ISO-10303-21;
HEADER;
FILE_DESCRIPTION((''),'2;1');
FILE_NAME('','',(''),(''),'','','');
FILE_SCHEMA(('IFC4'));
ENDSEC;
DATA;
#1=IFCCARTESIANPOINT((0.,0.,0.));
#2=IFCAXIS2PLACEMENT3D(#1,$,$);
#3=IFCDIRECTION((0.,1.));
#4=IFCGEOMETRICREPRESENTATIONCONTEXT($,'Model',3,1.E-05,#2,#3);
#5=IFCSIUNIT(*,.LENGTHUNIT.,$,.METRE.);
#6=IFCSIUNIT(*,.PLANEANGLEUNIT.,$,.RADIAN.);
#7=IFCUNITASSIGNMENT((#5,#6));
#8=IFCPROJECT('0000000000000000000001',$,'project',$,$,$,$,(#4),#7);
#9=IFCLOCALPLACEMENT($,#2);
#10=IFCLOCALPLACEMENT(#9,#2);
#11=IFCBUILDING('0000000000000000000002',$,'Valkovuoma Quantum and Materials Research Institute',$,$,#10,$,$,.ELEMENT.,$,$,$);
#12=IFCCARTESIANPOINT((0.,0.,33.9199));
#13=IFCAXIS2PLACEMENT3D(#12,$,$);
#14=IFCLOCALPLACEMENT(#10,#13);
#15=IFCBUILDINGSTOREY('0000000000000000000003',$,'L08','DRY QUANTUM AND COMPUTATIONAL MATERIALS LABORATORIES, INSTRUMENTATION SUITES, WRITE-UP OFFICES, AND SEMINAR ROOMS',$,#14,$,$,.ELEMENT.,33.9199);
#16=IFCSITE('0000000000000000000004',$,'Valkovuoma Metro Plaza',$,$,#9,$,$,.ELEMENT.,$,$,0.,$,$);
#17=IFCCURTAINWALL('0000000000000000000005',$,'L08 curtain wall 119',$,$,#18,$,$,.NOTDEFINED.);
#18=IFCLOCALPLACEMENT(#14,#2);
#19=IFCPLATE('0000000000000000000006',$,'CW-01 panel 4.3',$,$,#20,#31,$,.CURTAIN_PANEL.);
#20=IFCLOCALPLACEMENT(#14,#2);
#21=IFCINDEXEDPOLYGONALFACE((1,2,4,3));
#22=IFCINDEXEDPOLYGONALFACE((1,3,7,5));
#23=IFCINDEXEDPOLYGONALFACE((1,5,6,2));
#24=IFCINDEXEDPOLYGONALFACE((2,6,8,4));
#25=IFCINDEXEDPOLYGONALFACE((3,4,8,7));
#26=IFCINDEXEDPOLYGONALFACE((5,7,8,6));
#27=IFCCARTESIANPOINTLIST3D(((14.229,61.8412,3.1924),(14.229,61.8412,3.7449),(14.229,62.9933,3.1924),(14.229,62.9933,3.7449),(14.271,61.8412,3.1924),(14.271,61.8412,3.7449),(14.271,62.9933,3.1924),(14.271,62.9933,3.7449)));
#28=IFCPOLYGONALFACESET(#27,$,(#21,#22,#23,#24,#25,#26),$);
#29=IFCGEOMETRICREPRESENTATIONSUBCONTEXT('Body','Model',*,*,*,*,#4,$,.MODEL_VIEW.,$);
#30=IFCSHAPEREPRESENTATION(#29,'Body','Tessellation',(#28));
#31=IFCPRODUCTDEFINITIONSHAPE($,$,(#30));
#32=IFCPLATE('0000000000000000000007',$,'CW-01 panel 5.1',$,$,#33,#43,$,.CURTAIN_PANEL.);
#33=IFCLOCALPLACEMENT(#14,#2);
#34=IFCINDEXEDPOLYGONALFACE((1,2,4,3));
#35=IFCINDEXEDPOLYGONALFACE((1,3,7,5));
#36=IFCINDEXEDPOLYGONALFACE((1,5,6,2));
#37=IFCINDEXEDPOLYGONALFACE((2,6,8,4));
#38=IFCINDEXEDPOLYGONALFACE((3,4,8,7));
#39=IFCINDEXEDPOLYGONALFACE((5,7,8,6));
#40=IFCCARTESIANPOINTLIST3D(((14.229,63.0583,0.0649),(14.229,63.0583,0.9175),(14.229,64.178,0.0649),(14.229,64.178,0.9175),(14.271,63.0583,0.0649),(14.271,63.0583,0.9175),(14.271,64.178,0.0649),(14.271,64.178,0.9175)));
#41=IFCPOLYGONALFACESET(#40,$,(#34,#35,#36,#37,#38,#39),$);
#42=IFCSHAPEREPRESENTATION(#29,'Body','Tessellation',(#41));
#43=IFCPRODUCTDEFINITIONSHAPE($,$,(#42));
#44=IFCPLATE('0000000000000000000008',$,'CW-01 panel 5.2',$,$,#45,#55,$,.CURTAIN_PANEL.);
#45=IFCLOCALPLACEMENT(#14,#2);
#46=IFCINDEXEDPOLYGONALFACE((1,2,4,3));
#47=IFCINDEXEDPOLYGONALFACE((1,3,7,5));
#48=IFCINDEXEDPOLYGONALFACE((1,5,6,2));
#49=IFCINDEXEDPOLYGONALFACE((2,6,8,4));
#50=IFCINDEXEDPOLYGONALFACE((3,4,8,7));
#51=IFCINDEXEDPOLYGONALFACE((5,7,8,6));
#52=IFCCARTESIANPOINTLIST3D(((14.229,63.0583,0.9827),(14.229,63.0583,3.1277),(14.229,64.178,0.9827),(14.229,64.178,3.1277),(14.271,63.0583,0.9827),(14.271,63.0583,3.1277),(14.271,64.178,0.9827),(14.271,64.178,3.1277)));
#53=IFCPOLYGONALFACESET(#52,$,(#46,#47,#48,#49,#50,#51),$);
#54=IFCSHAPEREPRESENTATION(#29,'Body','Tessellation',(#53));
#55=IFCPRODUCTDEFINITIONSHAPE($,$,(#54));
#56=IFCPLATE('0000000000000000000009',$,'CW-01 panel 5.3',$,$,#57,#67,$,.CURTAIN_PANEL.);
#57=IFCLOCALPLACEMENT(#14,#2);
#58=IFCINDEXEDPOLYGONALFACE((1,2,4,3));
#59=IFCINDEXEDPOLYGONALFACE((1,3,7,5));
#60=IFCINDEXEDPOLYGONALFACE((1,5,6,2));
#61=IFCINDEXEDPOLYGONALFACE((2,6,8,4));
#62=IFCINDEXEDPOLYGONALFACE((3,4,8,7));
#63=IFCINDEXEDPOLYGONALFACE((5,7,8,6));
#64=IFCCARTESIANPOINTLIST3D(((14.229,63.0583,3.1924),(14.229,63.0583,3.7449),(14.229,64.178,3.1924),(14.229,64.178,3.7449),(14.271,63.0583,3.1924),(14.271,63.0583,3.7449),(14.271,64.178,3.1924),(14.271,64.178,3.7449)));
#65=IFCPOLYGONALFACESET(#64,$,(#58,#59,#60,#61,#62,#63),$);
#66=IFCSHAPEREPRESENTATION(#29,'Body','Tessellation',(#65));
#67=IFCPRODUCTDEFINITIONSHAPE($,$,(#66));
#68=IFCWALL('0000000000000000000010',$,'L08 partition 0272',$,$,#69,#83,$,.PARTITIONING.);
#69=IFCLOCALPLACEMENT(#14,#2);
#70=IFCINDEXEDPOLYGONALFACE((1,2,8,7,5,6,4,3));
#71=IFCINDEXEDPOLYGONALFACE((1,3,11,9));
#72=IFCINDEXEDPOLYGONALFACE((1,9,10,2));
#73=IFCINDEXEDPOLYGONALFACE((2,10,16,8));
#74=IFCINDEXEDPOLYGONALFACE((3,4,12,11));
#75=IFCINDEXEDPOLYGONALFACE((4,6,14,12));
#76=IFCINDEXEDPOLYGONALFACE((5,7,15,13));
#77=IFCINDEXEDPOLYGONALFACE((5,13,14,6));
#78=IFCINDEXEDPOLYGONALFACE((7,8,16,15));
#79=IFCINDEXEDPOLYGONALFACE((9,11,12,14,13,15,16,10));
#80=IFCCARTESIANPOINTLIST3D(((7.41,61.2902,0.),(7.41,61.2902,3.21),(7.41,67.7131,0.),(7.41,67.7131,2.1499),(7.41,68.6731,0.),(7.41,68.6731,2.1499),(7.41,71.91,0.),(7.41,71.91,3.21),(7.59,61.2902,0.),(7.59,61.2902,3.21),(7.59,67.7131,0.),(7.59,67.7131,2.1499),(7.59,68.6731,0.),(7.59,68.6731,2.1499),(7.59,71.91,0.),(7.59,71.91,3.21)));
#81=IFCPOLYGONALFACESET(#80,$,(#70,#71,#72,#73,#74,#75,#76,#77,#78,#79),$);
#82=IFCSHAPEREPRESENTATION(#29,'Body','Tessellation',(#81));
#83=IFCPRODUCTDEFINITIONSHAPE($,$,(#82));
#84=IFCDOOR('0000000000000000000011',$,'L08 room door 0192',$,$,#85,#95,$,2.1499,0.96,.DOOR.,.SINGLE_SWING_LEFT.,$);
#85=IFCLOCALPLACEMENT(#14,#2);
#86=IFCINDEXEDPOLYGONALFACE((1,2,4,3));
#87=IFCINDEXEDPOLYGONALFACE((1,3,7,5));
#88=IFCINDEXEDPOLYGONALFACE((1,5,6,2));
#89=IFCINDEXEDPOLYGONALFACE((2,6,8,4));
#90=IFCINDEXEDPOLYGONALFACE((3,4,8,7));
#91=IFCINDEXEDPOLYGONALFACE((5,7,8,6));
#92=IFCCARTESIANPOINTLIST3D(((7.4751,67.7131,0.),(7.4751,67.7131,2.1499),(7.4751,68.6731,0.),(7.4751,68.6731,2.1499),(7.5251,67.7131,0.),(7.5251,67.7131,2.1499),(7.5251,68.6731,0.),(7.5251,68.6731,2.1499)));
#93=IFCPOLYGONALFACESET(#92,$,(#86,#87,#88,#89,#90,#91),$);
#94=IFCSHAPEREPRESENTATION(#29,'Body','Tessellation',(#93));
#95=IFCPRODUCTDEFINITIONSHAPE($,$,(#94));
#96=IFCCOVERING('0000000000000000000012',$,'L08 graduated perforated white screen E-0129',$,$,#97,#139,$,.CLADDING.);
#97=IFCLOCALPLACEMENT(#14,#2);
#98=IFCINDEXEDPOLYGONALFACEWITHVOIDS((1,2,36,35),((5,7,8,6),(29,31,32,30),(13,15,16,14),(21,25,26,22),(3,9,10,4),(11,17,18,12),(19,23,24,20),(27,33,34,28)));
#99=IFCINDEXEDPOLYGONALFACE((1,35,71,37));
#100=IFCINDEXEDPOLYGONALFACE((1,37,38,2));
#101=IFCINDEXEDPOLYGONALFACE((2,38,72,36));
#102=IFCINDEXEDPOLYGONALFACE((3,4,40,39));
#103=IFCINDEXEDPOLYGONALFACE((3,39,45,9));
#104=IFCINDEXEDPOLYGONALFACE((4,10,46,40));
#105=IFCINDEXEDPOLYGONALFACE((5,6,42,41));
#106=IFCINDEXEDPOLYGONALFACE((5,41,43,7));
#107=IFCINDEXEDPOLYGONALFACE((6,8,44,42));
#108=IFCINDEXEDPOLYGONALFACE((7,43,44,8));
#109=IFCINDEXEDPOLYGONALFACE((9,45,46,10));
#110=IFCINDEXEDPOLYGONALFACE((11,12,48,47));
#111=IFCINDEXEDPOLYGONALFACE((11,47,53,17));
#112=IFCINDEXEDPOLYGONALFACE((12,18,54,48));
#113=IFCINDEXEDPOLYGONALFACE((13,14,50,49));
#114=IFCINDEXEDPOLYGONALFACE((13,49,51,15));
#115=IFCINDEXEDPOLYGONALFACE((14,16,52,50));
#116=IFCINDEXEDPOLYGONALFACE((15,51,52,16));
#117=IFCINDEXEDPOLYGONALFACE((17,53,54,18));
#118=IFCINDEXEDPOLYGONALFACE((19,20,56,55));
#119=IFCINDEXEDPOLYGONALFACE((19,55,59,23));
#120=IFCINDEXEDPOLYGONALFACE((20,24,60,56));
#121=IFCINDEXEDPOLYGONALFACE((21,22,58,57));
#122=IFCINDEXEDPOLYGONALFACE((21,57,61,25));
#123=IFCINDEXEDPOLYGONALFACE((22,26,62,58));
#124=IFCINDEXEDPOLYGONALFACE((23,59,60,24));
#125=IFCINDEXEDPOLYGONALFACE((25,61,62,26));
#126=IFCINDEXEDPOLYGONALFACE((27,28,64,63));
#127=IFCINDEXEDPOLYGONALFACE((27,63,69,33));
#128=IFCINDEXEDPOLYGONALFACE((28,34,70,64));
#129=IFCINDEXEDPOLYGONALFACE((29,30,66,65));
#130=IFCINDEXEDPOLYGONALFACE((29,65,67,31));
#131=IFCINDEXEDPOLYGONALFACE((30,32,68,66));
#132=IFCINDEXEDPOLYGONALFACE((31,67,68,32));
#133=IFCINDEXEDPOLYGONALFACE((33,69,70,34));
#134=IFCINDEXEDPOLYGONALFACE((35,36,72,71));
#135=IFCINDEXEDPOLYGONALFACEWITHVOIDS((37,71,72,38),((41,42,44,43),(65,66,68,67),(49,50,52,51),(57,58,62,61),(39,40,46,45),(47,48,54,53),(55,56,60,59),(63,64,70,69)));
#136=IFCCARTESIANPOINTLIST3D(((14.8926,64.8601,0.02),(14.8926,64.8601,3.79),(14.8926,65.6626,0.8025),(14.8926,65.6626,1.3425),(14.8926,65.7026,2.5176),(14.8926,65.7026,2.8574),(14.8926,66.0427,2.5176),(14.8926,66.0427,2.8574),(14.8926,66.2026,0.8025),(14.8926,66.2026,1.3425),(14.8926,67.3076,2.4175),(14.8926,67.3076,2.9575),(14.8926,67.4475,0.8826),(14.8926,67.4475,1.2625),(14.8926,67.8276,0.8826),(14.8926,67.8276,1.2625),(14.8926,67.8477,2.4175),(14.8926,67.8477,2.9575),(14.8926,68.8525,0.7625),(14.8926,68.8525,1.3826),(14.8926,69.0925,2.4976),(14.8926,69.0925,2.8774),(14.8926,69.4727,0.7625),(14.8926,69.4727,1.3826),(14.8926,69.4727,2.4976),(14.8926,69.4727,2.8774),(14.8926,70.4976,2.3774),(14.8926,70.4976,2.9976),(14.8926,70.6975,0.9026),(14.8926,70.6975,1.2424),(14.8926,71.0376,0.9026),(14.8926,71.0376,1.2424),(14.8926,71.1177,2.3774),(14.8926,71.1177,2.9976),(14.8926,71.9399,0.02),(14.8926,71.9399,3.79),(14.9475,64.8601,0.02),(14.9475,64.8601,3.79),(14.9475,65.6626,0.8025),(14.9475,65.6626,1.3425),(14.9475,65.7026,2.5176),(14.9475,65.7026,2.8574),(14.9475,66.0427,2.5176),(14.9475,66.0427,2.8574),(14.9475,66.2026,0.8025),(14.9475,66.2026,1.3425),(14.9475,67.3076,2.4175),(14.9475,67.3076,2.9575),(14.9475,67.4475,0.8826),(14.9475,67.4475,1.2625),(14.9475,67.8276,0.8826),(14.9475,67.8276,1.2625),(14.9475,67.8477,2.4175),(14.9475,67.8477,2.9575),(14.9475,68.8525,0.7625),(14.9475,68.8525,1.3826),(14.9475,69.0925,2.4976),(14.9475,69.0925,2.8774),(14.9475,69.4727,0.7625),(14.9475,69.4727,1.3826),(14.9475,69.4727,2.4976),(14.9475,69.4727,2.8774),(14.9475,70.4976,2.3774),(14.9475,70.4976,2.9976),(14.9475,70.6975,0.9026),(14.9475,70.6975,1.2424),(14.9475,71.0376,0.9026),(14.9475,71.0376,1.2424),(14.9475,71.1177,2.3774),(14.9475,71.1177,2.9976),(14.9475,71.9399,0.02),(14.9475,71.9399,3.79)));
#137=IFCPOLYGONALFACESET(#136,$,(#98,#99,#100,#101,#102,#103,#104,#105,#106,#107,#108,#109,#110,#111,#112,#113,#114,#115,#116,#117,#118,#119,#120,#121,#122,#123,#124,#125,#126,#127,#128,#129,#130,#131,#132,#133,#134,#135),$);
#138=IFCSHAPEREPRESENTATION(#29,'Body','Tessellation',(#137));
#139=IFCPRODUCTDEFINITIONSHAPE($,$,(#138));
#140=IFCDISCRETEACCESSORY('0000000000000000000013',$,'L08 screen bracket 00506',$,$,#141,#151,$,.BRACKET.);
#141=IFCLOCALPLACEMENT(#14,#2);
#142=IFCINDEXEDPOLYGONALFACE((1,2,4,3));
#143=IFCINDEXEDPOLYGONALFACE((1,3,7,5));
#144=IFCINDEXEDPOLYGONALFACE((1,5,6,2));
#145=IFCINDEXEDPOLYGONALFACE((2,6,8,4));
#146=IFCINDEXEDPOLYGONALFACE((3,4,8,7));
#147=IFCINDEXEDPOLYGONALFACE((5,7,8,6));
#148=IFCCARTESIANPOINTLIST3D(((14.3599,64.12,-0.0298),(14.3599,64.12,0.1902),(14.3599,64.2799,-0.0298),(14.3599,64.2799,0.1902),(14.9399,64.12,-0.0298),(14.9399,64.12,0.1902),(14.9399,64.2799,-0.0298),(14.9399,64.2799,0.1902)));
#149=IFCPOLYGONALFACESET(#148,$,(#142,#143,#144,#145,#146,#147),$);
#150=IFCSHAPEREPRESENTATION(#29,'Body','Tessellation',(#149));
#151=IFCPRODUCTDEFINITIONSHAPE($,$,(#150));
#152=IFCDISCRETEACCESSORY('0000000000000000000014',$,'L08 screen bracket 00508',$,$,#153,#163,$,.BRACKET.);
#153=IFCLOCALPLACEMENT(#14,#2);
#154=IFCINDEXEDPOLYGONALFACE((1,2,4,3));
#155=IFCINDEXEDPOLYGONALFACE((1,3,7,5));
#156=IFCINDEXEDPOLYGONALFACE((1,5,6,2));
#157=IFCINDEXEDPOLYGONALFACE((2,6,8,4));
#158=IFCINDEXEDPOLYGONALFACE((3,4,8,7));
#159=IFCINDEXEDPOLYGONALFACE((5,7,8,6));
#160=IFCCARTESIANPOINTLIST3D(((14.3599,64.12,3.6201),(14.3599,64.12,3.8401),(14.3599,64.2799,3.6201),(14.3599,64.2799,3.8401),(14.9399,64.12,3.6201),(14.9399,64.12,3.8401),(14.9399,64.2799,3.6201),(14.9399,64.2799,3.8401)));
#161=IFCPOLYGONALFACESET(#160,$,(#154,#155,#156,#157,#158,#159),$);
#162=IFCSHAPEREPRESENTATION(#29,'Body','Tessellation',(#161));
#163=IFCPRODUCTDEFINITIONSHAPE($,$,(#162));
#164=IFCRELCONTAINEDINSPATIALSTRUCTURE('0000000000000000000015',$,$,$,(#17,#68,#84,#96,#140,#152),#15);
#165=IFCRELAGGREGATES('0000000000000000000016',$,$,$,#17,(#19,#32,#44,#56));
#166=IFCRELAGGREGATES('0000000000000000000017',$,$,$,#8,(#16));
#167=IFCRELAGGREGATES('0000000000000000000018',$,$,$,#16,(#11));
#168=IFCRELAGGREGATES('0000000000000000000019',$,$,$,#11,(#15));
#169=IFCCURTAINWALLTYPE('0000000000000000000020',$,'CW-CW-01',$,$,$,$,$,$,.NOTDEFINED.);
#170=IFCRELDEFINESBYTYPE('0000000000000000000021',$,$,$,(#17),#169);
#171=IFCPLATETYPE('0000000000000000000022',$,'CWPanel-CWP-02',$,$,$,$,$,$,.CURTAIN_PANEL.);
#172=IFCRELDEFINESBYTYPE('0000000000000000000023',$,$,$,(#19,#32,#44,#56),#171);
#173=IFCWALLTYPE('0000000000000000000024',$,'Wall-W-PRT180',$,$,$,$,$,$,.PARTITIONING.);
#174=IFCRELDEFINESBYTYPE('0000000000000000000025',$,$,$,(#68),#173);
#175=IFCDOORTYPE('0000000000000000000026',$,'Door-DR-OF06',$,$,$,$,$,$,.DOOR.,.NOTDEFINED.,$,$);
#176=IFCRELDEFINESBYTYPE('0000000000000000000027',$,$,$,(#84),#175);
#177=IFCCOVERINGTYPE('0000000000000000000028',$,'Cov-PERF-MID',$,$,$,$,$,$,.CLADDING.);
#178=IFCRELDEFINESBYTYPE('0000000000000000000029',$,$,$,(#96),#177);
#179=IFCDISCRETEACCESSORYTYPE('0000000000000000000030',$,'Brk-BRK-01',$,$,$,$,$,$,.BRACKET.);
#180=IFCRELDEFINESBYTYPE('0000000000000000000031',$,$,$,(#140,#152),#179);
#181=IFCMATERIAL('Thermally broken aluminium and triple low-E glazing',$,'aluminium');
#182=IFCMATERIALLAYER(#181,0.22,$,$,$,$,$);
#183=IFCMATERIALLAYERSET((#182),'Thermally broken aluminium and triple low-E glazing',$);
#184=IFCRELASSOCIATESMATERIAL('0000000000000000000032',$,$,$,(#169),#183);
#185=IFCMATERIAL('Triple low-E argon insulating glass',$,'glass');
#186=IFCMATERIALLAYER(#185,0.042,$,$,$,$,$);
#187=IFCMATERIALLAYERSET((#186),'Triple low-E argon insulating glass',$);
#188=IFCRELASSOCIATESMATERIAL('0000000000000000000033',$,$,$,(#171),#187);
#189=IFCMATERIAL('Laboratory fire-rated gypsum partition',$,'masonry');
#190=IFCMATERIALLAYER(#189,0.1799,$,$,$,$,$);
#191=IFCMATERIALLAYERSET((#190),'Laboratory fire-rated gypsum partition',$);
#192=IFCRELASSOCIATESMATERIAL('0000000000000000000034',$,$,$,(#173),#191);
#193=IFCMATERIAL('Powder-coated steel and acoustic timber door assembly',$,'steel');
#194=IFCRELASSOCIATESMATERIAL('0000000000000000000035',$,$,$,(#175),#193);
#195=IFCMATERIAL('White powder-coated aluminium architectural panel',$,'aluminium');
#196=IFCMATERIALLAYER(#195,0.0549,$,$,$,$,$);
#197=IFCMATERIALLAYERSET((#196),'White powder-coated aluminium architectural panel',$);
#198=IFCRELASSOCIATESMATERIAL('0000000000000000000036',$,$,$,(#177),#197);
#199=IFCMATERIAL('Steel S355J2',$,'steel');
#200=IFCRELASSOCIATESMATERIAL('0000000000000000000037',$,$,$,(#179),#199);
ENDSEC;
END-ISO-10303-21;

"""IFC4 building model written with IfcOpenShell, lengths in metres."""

from ifc_helpers import new_model, si_unit, direction, frame, frame_2d, origin, origin_2d, place, context, subcontext, project, spatial, polyline, rectangle, outline, extrude, material, layer, layer_set, type_object, element, fill, aggregate, save


model = new_model("IFC4")

# Units and contexts
model_context = context("Model", 3, precision=1e-05, world=origin(), true_north=direction((0.0, 1.0)))
body_context = subcontext(model_context, "Body", "Model", "MODEL_VIEW")
ifc_project = project(units=[si_unit("LENGTHUNIT", "METRE"), si_unit("PLANEANGLEUNIT", "RADIAN")], contexts=[model_context])

# Site, building, storey
site_placement = place(None, origin())
site = spatial("IfcSite", under=ifc_project, at=site_placement, Name="Valkovuoma Metro Plaza", CompositionType="ELEMENT", RefElevation=0.0)
building_placement = place(site_placement, origin())
building = spatial("IfcBuilding", under=site, at=building_placement, Name="Valkovuoma Quantum and Materials Research Institute", CompositionType="ELEMENT")
storey_placement = place(building_placement, frame((0.0, 0.0, 33.9199)))
storey = spatial("IfcBuildingStorey", under=building, at=storey_placement, Name="L08", Description="DRY QUANTUM AND COMPUTATIONAL MATERIALS LABORATORIES, INSTRUMENTATION SUITES, WRITE-UP OFFICES, AND SEMINAR ROOMS", CompositionType="ELEMENT", Elevation=33.9199)

# Curtain wall, plates
ifc_material_1 = material(Name="Thermally broken aluminium and triple low-E glazing", Category="aluminium")
ifc_layer_1 = layer(ifc_material_1, 0.22)
ifc_layer_set_1 = layer_set([ifc_layer_1], Name="Thermally broken aluminium and triple low-E glazing")
curtain_wall_type = type_object("IfcCurtainWallType", Name="CW-CW-01", PredefinedType="NOTDEFINED", material=ifc_layer_set_1)
curtain_wall_placement = place(storey_placement, origin())
curtain_wall = element("IfcCurtainWall", 1, at=curtain_wall_placement, inside=storey, type_object=curtain_wall_type, Name="L08 curtain wall 119", PredefinedType="NOTDEFINED")
ifc_material_2 = material(Name="Triple low-E argon insulating glass", Category="glass")
ifc_layer_2 = layer(ifc_material_2, 0.042)
ifc_layer_set_2 = layer_set([ifc_layer_2], Name="Triple low-E argon insulating glass")
plate_type = type_object("IfcPlateType", Name="CWPanel-CWP-02", PredefinedType="CURTAIN_PANEL", material=ifc_layer_set_2)
plate_1_placement = place(storey_placement, frame((14.25, 62.4172, 3.1924), z_axis=(0.0, 0.0, 1.0), x_axis=(0.0, 1.0, 0.0)))
plate_1 = element("IfcPlate", 2, at=plate_1_placement, type_object=plate_type, Name="CW-01 panel 4.3", PredefinedType="CURTAIN_PANEL", context=body_context, shape_type="SweptSolid", body=[
    extrude(rectangle(XDim=1.1521, YDim=0.042, at=origin_2d()), origin(), (0.0, 0.0, 1.0), 0.5525),
])
plate_2_placement = place(storey_placement, frame((14.25, 63.6182, 0.0649), z_axis=(0.0, 0.0, 1.0), x_axis=(0.0, 1.0, 0.0)))
plate_2 = element("IfcPlate", 3, at=plate_2_placement, type_object=plate_type, Name="CW-01 panel 5.1", PredefinedType="CURTAIN_PANEL", context=body_context, shape_type="SweptSolid", body=[
    extrude(rectangle(XDim=1.1196, YDim=0.042, at=origin_2d()), origin(), (0.0, 0.0, 1.0), 0.8525),
])
plate_3_placement = place(storey_placement, frame((14.25, 63.6182, 0.9827), z_axis=(0.0, 0.0, 1.0), x_axis=(0.0, 1.0, 0.0)))
plate_3 = element("IfcPlate", 4, at=plate_3_placement, type_object=plate_type, Name="CW-01 panel 5.2", PredefinedType="CURTAIN_PANEL", context=body_context, shape_type="SweptSolid", body=[
    extrude(rectangle(XDim=1.1196, YDim=0.042, at=origin_2d()), origin(), (0.0, 0.0, 1.0), 2.145),
])
plate_4_placement = place(storey_placement, frame((14.25, 63.6182, 3.1924), z_axis=(0.0, 0.0, 1.0), x_axis=(0.0, 1.0, 0.0)))
plate_4 = element("IfcPlate", 5, at=plate_4_placement, type_object=plate_type, Name="CW-01 panel 5.3", PredefinedType="CURTAIN_PANEL", context=body_context, shape_type="SweptSolid", body=[
    extrude(rectangle(XDim=1.1196, YDim=0.042, at=origin_2d()), origin(), (0.0, 0.0, 1.0), 0.5525),
])
aggregate(curtain_wall, [plate_1, plate_2, plate_3, plate_4])

# Wall, opening, door
ifc_material_3 = material(Name="Laboratory fire-rated gypsum partition", Category="masonry")
ifc_layer_3 = layer(ifc_material_3, 0.1799)
ifc_layer_set_3 = layer_set([ifc_layer_3], Name="Laboratory fire-rated gypsum partition")
wall_type = type_object("IfcWallType", Name="Wall-W-PRT180", PredefinedType="PARTITIONING", material=ifc_layer_set_3)
wall_placement = place(storey_placement, frame((7.5, 61.29, 0.0), z_axis=(0.0, 0.0, 1.0), x_axis=(0.0, 1.0, 0.0)))
wall = element("IfcWall", 6, at=wall_placement, inside=storey, type_object=wall_type, Name="L08 partition 0272", PredefinedType="PARTITIONING", context=body_context, shape_type="SweptSolid", body=[
    extrude(rectangle(XDim=10.6199, YDim=0.1799, at=frame_2d((5.3101, 0.0))), origin(), (0.0, 0.0, 1.0), 3.21),
])
opening_placement = place(wall_placement, frame((6.4231, 0.0, 0.0)))
opening = element("IfcOpeningElement", 7, at=opening_placement, cuts=wall, PredefinedType="OPENING", context=body_context, shape_type="SweptSolid", body=[
    extrude(rectangle(XDim=0.96, YDim=2.1499, at=frame_2d((0.48, 1.075))), frame((0.0, 0.1001, 0.0), z_axis=(0.0, -1.0, 0.0), x_axis=(1.0, 0.0, 0.0)), (0.0, 0.0, 1.0), 0.2),
])
ifc_material_4 = material(Name="Powder-coated steel and acoustic timber door assembly", Category="steel")
door_type = type_object("IfcDoorType", Name="Door-DR-OF06", OperationType="NOTDEFINED", PredefinedType="DOOR", material=ifc_material_4)
door_placement = place(opening_placement, origin())
door = element("IfcDoor", 8, at=door_placement, inside=storey, type_object=door_type, Name="L08 room door 0192", OperationType="SINGLE_SWING_LEFT", OverallHeight=2.1499, OverallWidth=0.96, PredefinedType="DOOR", context=body_context, shape_type="SweptSolid", body=[
    extrude(rectangle(XDim=0.96, YDim=2.1499, at=frame_2d((0.48, 1.075))), frame((0.0, 0.0249, 0.0), z_axis=(0.0, -1.0, 0.0), x_axis=(1.0, 0.0, 0.0)), (0.0, 0.0, 1.0), 0.05),
])
fill(opening, door)

# Covering
ifc_material_5 = material(Name="White powder-coated aluminium architectural panel", Category="aluminium")
ifc_layer_4 = layer(ifc_material_5, 0.0549)
ifc_layer_set_4 = layer_set([ifc_layer_4], Name="White powder-coated aluminium architectural panel")
covering_type = type_object("IfcCoveringType", Name="Cov-PERF-MID", PredefinedType="CLADDING", material=ifc_layer_set_4)
covering_placement = place(storey_placement, frame((14.9199, 64.8601, 0.02), z_axis=(0.0, 0.0, 1.0), x_axis=(0.0, 1.0, 0.0)))
element("IfcCovering", 9, at=covering_placement, inside=storey, type_object=covering_type, Name="L08 graduated perforated white screen E-0129", PredefinedType="CLADDING", context=body_context, shape_type="SweptSolid", body=[
    extrude(outline(polyline([(0.0, 0.0), (7.0798, 0.0), (7.0798, 3.77), (0.0, 3.77), (0.0, 0.0)]), holes=[polyline([(0.8025, 0.7825), (0.8025, 1.3225), (1.3425, 1.3225), (1.3425, 0.7825), (0.8025, 0.7825)]), polyline([(0.8425, 2.4976), (0.8425, 2.8374), (1.1826, 2.8374), (1.1826, 2.4976), (0.8425, 2.4976)]), polyline([(2.5874, 0.8625), (2.5874, 1.2424), (2.9675, 1.2424), (2.9675, 0.8625), (2.5874, 0.8625)]), polyline([(2.4475, 2.3975), (2.4475, 2.9375), (2.9875, 2.9375), (2.9875, 2.3975), (2.4475, 2.3975)]), polyline([(3.9924, 0.7424), (3.9924, 1.3625), (4.6125, 1.3625), (4.6125, 0.7424), (3.9924, 0.7424)]), polyline([(4.2324, 2.4775), (4.2324, 2.8574), (4.6125, 2.8574), (4.6125, 2.4775), (4.2324, 2.4775)]), polyline([(5.8374, 0.8826), (5.8374, 1.2224), (6.1775, 1.2224), (6.1775, 0.8826), (5.8374, 0.8826)]), polyline([(5.6375, 2.3574), (5.6375, 2.9775), (6.2576, 2.9775), (6.2576, 2.3574), (5.6375, 2.3574)])]), frame((0.0, 0.0273, 0.0), z_axis=(0.0, -1.0, 0.0), x_axis=(1.0, 0.0, 0.0)), (0.0, 0.0, 1.0), 0.0549),
])

# Discrete accessories
ifc_material_6 = material(Name="Steel S355J2", Category="steel")
discrete_accessory_type = type_object("IfcDiscreteAccessoryType", Name="Brk-BRK-01", PredefinedType="BRACKET", material=ifc_material_6)
for number, where, z_axis, x_axis, name in (
    (10, (14.6499, 64.2, -0.0298), (0.0, 0.0, 1.0), (1.0, 0.0, 0.0), "L08 screen bracket 00506"),
    (11, (14.6499, 64.2, 3.6201), (0.0, 0.0, 1.0), (1.0, 0.0, 0.0), "L08 screen bracket 00508"),
):
    element("IfcDiscreteAccessory", number, at=place(storey_placement, frame(where, z_axis=z_axis, x_axis=x_axis)), inside=storey, type_object=discrete_accessory_type, Name=name, PredefinedType="BRACKET", context=body_context, shape_type="SweptSolid", body=[
        extrude(rectangle(XDim=0.5801, YDim=0.1599, at=origin_2d()), origin(), (0.0, 0.0, 1.0), 0.22),
    ])

save(model, "model.ifc")
